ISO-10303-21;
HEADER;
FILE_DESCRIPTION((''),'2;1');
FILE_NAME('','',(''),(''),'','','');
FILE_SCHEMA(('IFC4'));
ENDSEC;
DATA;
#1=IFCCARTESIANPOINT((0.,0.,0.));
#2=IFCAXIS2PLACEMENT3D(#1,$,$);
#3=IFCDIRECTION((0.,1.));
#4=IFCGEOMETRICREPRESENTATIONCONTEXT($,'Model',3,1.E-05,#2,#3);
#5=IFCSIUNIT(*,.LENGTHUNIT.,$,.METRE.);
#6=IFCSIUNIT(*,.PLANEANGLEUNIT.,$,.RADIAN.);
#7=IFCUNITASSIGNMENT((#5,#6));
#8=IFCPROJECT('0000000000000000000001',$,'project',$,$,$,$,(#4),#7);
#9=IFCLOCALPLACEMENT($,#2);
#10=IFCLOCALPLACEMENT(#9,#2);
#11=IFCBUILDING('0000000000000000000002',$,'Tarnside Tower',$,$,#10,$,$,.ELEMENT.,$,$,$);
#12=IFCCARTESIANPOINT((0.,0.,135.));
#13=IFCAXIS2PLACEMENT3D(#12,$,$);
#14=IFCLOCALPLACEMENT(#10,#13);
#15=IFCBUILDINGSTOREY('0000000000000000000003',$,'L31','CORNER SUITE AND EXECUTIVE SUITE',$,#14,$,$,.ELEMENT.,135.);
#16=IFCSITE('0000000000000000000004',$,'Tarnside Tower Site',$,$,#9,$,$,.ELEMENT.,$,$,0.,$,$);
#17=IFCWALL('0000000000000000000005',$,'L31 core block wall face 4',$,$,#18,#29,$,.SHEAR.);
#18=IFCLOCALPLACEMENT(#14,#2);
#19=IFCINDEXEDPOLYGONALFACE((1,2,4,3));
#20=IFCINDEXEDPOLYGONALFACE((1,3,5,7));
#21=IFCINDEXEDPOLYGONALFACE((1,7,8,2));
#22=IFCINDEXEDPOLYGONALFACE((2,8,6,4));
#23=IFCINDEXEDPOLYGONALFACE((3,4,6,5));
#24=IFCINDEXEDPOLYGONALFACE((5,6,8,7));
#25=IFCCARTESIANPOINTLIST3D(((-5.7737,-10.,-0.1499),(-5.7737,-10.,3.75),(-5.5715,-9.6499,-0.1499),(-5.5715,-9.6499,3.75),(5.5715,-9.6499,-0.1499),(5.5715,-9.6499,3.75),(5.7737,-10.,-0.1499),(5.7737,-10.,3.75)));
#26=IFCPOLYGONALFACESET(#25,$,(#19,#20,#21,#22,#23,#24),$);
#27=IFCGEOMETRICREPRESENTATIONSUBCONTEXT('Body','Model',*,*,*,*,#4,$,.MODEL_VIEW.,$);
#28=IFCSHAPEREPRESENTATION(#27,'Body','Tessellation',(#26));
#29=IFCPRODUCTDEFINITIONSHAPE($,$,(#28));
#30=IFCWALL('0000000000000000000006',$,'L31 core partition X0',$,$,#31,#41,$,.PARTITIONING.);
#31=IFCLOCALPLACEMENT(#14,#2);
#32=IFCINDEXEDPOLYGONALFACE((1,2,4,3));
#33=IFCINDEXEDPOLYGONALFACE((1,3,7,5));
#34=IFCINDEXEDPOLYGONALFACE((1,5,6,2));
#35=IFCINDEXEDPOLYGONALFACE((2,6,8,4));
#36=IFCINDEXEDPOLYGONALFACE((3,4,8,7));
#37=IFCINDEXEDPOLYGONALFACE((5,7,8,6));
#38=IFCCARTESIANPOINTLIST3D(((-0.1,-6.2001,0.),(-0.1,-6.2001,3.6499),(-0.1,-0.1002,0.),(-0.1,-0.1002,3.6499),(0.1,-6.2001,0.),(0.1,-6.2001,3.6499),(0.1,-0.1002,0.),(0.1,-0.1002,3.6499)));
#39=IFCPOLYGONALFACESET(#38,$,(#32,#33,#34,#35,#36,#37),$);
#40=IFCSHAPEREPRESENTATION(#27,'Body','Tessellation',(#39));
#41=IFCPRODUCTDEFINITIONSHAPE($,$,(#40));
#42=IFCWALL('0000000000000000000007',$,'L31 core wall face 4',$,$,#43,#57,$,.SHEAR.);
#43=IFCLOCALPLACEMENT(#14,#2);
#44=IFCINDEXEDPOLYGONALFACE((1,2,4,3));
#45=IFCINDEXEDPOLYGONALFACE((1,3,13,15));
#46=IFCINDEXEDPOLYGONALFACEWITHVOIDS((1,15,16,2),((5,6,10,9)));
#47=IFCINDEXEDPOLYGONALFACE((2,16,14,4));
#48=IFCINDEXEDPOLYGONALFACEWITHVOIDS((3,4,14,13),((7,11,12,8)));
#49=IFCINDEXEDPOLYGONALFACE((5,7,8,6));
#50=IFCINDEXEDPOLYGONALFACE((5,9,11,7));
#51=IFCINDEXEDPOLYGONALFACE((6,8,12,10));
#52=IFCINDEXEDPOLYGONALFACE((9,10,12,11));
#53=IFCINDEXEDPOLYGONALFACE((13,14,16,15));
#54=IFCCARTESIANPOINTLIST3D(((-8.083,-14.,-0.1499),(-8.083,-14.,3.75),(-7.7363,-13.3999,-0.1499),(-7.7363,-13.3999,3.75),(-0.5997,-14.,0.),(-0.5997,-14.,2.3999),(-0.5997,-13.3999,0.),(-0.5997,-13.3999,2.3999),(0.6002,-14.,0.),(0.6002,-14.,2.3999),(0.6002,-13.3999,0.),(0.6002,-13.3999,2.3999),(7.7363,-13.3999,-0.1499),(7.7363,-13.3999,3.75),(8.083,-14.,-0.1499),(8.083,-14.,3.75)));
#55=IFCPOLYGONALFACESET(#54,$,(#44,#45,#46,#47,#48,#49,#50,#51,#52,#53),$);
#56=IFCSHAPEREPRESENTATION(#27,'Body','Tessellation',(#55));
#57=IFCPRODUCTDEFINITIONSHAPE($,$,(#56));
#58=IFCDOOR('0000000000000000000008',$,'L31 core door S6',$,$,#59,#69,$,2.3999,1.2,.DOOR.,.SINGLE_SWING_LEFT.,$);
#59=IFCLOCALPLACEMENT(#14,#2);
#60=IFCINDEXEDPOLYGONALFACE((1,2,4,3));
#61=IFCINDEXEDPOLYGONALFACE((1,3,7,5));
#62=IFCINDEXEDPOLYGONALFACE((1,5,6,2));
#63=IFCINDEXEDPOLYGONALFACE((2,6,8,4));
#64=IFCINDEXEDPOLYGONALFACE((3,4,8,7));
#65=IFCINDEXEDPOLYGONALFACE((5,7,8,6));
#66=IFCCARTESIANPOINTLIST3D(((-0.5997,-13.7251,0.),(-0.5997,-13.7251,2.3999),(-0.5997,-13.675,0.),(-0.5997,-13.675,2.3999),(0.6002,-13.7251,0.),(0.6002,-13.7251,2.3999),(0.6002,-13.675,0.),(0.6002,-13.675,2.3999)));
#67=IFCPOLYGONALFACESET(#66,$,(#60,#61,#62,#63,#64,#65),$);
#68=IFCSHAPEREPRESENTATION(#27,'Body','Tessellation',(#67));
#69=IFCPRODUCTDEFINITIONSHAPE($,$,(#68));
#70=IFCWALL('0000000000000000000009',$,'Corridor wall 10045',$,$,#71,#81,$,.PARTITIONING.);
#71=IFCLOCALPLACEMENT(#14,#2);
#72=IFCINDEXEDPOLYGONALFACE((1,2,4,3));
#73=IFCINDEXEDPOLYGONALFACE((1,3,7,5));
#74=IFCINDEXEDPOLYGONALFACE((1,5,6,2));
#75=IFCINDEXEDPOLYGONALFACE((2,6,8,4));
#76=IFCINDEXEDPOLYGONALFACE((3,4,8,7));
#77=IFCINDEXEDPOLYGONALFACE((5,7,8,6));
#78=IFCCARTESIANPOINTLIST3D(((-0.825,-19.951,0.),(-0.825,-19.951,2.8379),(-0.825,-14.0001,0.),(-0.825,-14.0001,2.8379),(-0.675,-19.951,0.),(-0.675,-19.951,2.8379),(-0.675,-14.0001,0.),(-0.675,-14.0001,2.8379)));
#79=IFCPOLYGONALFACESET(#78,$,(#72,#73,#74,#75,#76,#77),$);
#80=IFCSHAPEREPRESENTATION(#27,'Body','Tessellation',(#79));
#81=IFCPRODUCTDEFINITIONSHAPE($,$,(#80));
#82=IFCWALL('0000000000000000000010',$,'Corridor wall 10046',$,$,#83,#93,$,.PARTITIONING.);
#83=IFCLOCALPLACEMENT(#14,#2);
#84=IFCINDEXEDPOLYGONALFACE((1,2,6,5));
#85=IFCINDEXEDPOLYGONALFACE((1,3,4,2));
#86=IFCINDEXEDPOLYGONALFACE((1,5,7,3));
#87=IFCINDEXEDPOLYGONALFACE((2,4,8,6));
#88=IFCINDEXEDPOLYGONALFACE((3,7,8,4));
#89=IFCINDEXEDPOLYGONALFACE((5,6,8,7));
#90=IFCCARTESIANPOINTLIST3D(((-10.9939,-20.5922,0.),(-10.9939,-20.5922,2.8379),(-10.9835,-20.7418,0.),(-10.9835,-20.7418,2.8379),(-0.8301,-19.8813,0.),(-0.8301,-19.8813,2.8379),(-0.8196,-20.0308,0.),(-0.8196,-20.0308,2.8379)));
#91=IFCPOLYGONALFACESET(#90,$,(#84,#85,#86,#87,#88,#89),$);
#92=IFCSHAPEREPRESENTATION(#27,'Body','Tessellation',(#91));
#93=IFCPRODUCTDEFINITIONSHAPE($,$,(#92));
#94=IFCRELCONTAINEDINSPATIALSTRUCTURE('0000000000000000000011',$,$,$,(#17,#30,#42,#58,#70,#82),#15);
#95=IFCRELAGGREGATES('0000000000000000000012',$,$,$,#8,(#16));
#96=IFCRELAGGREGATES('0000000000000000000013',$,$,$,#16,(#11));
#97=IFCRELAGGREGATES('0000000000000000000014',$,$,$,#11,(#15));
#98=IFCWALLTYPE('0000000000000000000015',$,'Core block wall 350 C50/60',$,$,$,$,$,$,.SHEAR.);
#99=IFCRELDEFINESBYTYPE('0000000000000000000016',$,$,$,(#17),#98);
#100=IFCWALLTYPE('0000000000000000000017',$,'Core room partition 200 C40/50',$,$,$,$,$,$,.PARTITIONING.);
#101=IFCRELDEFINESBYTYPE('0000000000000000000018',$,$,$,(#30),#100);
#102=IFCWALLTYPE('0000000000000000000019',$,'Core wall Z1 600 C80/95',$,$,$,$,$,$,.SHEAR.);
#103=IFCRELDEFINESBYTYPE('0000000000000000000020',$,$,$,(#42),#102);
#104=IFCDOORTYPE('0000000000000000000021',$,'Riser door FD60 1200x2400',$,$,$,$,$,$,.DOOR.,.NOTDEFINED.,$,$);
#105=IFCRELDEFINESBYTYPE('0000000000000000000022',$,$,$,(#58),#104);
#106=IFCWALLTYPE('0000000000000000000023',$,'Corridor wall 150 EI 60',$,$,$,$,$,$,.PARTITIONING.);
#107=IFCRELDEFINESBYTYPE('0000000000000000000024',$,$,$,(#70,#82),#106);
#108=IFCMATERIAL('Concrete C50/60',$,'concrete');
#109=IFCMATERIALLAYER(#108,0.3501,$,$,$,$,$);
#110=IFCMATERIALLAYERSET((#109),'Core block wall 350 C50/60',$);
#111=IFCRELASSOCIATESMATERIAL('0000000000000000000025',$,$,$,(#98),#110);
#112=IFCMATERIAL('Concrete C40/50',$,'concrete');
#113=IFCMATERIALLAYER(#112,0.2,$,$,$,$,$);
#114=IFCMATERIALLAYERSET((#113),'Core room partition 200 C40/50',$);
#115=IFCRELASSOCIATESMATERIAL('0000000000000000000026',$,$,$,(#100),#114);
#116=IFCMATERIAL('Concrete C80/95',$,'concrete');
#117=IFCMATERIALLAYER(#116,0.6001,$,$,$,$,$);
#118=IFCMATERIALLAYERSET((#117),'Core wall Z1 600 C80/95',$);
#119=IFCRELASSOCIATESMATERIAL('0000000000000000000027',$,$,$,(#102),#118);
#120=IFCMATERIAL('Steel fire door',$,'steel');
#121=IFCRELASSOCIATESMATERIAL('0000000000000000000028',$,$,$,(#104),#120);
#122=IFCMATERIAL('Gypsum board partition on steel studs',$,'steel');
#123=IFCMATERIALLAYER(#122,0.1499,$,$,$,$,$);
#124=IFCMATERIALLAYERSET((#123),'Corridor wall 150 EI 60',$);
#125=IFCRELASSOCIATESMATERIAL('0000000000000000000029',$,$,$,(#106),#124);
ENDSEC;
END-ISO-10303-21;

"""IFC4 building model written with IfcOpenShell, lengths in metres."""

from ifc_helpers import new_model, si_unit, direction, frame, frame_2d, origin, place, context, subcontext, project, spatial, polyline, rectangle, outline, extrude, material, layer, layer_set, type_object, element, fill, save


model = new_model("IFC4")

# Units and contexts
model_context = context("Model", 3, precision=1e-05, world=origin(), true_north=direction((0.0, 1.0)))
body_context = subcontext(model_context, "Body", "Model", "MODEL_VIEW")
ifc_project = project(units=[si_unit("LENGTHUNIT", "METRE"), si_unit("PLANEANGLEUNIT", "RADIAN")], contexts=[model_context])

# Site, building, storey
site_placement = place(None, origin())
site = spatial("IfcSite", under=ifc_project, at=site_placement, Name="Tarnside Tower Site", CompositionType="ELEMENT", RefElevation=0.0)
building_placement = place(site_placement, origin())
building = spatial("IfcBuilding", under=site, at=building_placement, Name="Tarnside Tower", CompositionType="ELEMENT")
storey_placement = place(building_placement, frame((0.0, 0.0, 135.0)))
storey = spatial("IfcBuildingStorey", under=building, at=storey_placement, Name="L31", Description="CORNER SUITE AND EXECUTIVE SUITE", CompositionType="ELEMENT", Elevation=135.0)

# Walls
ifc_material_1 = material(Name="Concrete C50/60", Category="concrete")
ifc_layer_1 = layer(ifc_material_1, 0.3501)
ifc_layer_set_1 = layer_set([ifc_layer_1], Name="Core block wall 350 C50/60")
wall_type_1 = type_object("IfcWallType", Name="Core block wall 350 C50/60", PredefinedType="SHEAR", material=ifc_layer_set_1)
wall_1_placement = place(storey_placement, frame((-5.6726, -9.825, -0.1499), z_axis=(0.0, 0.0, 1.0), x_axis=(1.0, 0.0, 0.0)))
element("IfcWall", 1, at=wall_1_placement, inside=storey, type_object=wall_type_1, Name="L31 core block wall face 4", PredefinedType="SHEAR", context=body_context, shape_type="SweptSolid", body=[
    extrude(outline(polyline([(-0.1011, -0.175), (11.4463, -0.175), (11.2441, 0.175), (0.1011, 0.175), (-0.1011, -0.175)])), origin(), (0.0, 0.0, 1.0), 3.8999),
])
ifc_material_2 = material(Name="Concrete C40/50", Category="concrete")
ifc_layer_2 = layer(ifc_material_2, 0.2)
ifc_layer_set_2 = layer_set([ifc_layer_2], Name="Core room partition 200 C40/50")
wall_type_2 = type_object("IfcWallType", Name="Core room partition 200 C40/50", PredefinedType="PARTITIONING", material=ifc_layer_set_2)
wall_2_placement = place(storey_placement, frame((0.0, -6.2, 0.0), z_axis=(0.0, 0.0, 1.0), x_axis=(0.0, 1.0, 0.0)))
element("IfcWall", 2, at=wall_2_placement, inside=storey, type_object=wall_type_2, Name="L31 core partition X0", PredefinedType="PARTITIONING", context=body_context, shape_type="SweptSolid", body=[
    extrude(rectangle(XDim=6.0999, YDim=0.2, at=frame_2d((3.0498, 0.0))), origin(), (0.0, 0.0, 1.0), 3.6499),
])

# Wall, opening, door
ifc_material_3 = material(Name="Concrete C80/95", Category="concrete")
ifc_layer_3 = layer(ifc_material_3, 0.6001)
ifc_layer_set_3 = layer_set([ifc_layer_3], Name="Core wall Z1 600 C80/95")
wall_type_3 = type_object("IfcWallType", Name="Core wall Z1 600 C80/95", PredefinedType="SHEAR", material=ifc_layer_set_3)
wall_3_placement = place(storey_placement, frame((-7.9097, -13.7, -0.1499), z_axis=(0.0, 0.0, 1.0), x_axis=(1.0, 0.0, 0.0)))
wall_3 = element("IfcWall", 3, at=wall_3_placement, inside=storey, type_object=wall_type_3, Name="L31 core wall face 4", PredefinedType="SHEAR", context=body_context, shape_type="SweptSolid", body=[
    extrude(outline(polyline([(-0.1733, -0.3), (15.9927, -0.3), (15.646, 0.3), (0.1733, 0.3), (-0.1733, -0.3)])), origin(), (0.0, 0.0, 1.0), 3.8999),
])
opening_1_placement = place(wall_3_placement, frame((7.3098, 0.0, 0.1499)))
opening_1 = element("IfcOpeningElement", 4, at=opening_1_placement, cuts=wall_3, PredefinedType="OPENING", context=body_context, shape_type="SweptSolid", body=[
    extrude(rectangle(XDim=1.2, YDim=2.3999, at=frame_2d((0.6001, 1.2))), frame((0.0, 0.3101, 0.0), z_axis=(0.0, -1.0, 0.0), x_axis=(1.0, 0.0, 0.0)), (0.0, 0.0, 1.0), 0.6201),
])
ifc_material_4 = material(Name="Steel fire door", Category="steel")
door_type_1 = type_object("IfcDoorType", Name="Riser door FD60 1200x2400", OperationType="NOTDEFINED", PredefinedType="DOOR", material=ifc_material_4)
door_1_placement = place(opening_1_placement, origin())
door_1 = element("IfcDoor", 5, at=door_1_placement, inside=storey, type_object=door_type_1, Name="L31 core door S6", OperationType="SINGLE_SWING_LEFT", OverallHeight=2.3999, OverallWidth=1.2, PredefinedType="DOOR", context=body_context, shape_type="SweptSolid", body=[
    extrude(rectangle(XDim=1.2, YDim=2.3999, at=frame_2d((0.6001, 1.2))), frame((0.0, 0.0249, 0.0), z_axis=(0.0, -1.0, 0.0), x_axis=(1.0, 0.0, 0.0)), (0.0, 0.0, 1.0), 0.05),
])
fill(opening_1, door_1)

# Walls
ifc_material_5 = material(Name="Gypsum board partition on steel studs", Category="steel")
ifc_layer_4 = layer(ifc_material_5, 0.1499)
ifc_layer_set_4 = layer_set([ifc_layer_4], Name="Corridor wall 150 EI 60")
wall_type_4 = type_object("IfcWallType", Name="Corridor wall 150 EI 60", PredefinedType="PARTITIONING", material=ifc_layer_set_4)
wall_4_placement = place(storey_placement, frame((-0.75, -14.0, 0.0), z_axis=(0.0, 0.0, 1.0), x_axis=(0.0, -1.0, 0.0)))
element("IfcWall", 6, at=wall_4_placement, inside=storey, type_object=wall_type_4, Name="Corridor wall 10045", PredefinedType="PARTITIONING", context=body_context, shape_type="SweptSolid", body=[
    extrude(rectangle(XDim=5.9509, YDim=0.1499, at=frame_2d((2.9756, 0.0))), origin(), (0.0, 0.0, 1.0), 2.8379),
])
wall_5_placement = place(storey_placement, frame((-0.825, -19.9561, 0.0), z_axis=(0.0, 0.0, 1.0), x_axis=(-0.997563, -0.069777, 0.0)))
element("IfcWall", 7, at=wall_5_placement, inside=storey, type_object=wall_type_4, Name="Corridor wall 10046", PredefinedType="PARTITIONING", context=body_context, shape_type="SweptSolid", body=[
    extrude(rectangle(XDim=10.1887, YDim=0.1499, at=frame_2d((5.0942, 0.0))), origin(), (0.0, 0.0, 1.0), 2.8379),
])

save(model, "model.ifc")
